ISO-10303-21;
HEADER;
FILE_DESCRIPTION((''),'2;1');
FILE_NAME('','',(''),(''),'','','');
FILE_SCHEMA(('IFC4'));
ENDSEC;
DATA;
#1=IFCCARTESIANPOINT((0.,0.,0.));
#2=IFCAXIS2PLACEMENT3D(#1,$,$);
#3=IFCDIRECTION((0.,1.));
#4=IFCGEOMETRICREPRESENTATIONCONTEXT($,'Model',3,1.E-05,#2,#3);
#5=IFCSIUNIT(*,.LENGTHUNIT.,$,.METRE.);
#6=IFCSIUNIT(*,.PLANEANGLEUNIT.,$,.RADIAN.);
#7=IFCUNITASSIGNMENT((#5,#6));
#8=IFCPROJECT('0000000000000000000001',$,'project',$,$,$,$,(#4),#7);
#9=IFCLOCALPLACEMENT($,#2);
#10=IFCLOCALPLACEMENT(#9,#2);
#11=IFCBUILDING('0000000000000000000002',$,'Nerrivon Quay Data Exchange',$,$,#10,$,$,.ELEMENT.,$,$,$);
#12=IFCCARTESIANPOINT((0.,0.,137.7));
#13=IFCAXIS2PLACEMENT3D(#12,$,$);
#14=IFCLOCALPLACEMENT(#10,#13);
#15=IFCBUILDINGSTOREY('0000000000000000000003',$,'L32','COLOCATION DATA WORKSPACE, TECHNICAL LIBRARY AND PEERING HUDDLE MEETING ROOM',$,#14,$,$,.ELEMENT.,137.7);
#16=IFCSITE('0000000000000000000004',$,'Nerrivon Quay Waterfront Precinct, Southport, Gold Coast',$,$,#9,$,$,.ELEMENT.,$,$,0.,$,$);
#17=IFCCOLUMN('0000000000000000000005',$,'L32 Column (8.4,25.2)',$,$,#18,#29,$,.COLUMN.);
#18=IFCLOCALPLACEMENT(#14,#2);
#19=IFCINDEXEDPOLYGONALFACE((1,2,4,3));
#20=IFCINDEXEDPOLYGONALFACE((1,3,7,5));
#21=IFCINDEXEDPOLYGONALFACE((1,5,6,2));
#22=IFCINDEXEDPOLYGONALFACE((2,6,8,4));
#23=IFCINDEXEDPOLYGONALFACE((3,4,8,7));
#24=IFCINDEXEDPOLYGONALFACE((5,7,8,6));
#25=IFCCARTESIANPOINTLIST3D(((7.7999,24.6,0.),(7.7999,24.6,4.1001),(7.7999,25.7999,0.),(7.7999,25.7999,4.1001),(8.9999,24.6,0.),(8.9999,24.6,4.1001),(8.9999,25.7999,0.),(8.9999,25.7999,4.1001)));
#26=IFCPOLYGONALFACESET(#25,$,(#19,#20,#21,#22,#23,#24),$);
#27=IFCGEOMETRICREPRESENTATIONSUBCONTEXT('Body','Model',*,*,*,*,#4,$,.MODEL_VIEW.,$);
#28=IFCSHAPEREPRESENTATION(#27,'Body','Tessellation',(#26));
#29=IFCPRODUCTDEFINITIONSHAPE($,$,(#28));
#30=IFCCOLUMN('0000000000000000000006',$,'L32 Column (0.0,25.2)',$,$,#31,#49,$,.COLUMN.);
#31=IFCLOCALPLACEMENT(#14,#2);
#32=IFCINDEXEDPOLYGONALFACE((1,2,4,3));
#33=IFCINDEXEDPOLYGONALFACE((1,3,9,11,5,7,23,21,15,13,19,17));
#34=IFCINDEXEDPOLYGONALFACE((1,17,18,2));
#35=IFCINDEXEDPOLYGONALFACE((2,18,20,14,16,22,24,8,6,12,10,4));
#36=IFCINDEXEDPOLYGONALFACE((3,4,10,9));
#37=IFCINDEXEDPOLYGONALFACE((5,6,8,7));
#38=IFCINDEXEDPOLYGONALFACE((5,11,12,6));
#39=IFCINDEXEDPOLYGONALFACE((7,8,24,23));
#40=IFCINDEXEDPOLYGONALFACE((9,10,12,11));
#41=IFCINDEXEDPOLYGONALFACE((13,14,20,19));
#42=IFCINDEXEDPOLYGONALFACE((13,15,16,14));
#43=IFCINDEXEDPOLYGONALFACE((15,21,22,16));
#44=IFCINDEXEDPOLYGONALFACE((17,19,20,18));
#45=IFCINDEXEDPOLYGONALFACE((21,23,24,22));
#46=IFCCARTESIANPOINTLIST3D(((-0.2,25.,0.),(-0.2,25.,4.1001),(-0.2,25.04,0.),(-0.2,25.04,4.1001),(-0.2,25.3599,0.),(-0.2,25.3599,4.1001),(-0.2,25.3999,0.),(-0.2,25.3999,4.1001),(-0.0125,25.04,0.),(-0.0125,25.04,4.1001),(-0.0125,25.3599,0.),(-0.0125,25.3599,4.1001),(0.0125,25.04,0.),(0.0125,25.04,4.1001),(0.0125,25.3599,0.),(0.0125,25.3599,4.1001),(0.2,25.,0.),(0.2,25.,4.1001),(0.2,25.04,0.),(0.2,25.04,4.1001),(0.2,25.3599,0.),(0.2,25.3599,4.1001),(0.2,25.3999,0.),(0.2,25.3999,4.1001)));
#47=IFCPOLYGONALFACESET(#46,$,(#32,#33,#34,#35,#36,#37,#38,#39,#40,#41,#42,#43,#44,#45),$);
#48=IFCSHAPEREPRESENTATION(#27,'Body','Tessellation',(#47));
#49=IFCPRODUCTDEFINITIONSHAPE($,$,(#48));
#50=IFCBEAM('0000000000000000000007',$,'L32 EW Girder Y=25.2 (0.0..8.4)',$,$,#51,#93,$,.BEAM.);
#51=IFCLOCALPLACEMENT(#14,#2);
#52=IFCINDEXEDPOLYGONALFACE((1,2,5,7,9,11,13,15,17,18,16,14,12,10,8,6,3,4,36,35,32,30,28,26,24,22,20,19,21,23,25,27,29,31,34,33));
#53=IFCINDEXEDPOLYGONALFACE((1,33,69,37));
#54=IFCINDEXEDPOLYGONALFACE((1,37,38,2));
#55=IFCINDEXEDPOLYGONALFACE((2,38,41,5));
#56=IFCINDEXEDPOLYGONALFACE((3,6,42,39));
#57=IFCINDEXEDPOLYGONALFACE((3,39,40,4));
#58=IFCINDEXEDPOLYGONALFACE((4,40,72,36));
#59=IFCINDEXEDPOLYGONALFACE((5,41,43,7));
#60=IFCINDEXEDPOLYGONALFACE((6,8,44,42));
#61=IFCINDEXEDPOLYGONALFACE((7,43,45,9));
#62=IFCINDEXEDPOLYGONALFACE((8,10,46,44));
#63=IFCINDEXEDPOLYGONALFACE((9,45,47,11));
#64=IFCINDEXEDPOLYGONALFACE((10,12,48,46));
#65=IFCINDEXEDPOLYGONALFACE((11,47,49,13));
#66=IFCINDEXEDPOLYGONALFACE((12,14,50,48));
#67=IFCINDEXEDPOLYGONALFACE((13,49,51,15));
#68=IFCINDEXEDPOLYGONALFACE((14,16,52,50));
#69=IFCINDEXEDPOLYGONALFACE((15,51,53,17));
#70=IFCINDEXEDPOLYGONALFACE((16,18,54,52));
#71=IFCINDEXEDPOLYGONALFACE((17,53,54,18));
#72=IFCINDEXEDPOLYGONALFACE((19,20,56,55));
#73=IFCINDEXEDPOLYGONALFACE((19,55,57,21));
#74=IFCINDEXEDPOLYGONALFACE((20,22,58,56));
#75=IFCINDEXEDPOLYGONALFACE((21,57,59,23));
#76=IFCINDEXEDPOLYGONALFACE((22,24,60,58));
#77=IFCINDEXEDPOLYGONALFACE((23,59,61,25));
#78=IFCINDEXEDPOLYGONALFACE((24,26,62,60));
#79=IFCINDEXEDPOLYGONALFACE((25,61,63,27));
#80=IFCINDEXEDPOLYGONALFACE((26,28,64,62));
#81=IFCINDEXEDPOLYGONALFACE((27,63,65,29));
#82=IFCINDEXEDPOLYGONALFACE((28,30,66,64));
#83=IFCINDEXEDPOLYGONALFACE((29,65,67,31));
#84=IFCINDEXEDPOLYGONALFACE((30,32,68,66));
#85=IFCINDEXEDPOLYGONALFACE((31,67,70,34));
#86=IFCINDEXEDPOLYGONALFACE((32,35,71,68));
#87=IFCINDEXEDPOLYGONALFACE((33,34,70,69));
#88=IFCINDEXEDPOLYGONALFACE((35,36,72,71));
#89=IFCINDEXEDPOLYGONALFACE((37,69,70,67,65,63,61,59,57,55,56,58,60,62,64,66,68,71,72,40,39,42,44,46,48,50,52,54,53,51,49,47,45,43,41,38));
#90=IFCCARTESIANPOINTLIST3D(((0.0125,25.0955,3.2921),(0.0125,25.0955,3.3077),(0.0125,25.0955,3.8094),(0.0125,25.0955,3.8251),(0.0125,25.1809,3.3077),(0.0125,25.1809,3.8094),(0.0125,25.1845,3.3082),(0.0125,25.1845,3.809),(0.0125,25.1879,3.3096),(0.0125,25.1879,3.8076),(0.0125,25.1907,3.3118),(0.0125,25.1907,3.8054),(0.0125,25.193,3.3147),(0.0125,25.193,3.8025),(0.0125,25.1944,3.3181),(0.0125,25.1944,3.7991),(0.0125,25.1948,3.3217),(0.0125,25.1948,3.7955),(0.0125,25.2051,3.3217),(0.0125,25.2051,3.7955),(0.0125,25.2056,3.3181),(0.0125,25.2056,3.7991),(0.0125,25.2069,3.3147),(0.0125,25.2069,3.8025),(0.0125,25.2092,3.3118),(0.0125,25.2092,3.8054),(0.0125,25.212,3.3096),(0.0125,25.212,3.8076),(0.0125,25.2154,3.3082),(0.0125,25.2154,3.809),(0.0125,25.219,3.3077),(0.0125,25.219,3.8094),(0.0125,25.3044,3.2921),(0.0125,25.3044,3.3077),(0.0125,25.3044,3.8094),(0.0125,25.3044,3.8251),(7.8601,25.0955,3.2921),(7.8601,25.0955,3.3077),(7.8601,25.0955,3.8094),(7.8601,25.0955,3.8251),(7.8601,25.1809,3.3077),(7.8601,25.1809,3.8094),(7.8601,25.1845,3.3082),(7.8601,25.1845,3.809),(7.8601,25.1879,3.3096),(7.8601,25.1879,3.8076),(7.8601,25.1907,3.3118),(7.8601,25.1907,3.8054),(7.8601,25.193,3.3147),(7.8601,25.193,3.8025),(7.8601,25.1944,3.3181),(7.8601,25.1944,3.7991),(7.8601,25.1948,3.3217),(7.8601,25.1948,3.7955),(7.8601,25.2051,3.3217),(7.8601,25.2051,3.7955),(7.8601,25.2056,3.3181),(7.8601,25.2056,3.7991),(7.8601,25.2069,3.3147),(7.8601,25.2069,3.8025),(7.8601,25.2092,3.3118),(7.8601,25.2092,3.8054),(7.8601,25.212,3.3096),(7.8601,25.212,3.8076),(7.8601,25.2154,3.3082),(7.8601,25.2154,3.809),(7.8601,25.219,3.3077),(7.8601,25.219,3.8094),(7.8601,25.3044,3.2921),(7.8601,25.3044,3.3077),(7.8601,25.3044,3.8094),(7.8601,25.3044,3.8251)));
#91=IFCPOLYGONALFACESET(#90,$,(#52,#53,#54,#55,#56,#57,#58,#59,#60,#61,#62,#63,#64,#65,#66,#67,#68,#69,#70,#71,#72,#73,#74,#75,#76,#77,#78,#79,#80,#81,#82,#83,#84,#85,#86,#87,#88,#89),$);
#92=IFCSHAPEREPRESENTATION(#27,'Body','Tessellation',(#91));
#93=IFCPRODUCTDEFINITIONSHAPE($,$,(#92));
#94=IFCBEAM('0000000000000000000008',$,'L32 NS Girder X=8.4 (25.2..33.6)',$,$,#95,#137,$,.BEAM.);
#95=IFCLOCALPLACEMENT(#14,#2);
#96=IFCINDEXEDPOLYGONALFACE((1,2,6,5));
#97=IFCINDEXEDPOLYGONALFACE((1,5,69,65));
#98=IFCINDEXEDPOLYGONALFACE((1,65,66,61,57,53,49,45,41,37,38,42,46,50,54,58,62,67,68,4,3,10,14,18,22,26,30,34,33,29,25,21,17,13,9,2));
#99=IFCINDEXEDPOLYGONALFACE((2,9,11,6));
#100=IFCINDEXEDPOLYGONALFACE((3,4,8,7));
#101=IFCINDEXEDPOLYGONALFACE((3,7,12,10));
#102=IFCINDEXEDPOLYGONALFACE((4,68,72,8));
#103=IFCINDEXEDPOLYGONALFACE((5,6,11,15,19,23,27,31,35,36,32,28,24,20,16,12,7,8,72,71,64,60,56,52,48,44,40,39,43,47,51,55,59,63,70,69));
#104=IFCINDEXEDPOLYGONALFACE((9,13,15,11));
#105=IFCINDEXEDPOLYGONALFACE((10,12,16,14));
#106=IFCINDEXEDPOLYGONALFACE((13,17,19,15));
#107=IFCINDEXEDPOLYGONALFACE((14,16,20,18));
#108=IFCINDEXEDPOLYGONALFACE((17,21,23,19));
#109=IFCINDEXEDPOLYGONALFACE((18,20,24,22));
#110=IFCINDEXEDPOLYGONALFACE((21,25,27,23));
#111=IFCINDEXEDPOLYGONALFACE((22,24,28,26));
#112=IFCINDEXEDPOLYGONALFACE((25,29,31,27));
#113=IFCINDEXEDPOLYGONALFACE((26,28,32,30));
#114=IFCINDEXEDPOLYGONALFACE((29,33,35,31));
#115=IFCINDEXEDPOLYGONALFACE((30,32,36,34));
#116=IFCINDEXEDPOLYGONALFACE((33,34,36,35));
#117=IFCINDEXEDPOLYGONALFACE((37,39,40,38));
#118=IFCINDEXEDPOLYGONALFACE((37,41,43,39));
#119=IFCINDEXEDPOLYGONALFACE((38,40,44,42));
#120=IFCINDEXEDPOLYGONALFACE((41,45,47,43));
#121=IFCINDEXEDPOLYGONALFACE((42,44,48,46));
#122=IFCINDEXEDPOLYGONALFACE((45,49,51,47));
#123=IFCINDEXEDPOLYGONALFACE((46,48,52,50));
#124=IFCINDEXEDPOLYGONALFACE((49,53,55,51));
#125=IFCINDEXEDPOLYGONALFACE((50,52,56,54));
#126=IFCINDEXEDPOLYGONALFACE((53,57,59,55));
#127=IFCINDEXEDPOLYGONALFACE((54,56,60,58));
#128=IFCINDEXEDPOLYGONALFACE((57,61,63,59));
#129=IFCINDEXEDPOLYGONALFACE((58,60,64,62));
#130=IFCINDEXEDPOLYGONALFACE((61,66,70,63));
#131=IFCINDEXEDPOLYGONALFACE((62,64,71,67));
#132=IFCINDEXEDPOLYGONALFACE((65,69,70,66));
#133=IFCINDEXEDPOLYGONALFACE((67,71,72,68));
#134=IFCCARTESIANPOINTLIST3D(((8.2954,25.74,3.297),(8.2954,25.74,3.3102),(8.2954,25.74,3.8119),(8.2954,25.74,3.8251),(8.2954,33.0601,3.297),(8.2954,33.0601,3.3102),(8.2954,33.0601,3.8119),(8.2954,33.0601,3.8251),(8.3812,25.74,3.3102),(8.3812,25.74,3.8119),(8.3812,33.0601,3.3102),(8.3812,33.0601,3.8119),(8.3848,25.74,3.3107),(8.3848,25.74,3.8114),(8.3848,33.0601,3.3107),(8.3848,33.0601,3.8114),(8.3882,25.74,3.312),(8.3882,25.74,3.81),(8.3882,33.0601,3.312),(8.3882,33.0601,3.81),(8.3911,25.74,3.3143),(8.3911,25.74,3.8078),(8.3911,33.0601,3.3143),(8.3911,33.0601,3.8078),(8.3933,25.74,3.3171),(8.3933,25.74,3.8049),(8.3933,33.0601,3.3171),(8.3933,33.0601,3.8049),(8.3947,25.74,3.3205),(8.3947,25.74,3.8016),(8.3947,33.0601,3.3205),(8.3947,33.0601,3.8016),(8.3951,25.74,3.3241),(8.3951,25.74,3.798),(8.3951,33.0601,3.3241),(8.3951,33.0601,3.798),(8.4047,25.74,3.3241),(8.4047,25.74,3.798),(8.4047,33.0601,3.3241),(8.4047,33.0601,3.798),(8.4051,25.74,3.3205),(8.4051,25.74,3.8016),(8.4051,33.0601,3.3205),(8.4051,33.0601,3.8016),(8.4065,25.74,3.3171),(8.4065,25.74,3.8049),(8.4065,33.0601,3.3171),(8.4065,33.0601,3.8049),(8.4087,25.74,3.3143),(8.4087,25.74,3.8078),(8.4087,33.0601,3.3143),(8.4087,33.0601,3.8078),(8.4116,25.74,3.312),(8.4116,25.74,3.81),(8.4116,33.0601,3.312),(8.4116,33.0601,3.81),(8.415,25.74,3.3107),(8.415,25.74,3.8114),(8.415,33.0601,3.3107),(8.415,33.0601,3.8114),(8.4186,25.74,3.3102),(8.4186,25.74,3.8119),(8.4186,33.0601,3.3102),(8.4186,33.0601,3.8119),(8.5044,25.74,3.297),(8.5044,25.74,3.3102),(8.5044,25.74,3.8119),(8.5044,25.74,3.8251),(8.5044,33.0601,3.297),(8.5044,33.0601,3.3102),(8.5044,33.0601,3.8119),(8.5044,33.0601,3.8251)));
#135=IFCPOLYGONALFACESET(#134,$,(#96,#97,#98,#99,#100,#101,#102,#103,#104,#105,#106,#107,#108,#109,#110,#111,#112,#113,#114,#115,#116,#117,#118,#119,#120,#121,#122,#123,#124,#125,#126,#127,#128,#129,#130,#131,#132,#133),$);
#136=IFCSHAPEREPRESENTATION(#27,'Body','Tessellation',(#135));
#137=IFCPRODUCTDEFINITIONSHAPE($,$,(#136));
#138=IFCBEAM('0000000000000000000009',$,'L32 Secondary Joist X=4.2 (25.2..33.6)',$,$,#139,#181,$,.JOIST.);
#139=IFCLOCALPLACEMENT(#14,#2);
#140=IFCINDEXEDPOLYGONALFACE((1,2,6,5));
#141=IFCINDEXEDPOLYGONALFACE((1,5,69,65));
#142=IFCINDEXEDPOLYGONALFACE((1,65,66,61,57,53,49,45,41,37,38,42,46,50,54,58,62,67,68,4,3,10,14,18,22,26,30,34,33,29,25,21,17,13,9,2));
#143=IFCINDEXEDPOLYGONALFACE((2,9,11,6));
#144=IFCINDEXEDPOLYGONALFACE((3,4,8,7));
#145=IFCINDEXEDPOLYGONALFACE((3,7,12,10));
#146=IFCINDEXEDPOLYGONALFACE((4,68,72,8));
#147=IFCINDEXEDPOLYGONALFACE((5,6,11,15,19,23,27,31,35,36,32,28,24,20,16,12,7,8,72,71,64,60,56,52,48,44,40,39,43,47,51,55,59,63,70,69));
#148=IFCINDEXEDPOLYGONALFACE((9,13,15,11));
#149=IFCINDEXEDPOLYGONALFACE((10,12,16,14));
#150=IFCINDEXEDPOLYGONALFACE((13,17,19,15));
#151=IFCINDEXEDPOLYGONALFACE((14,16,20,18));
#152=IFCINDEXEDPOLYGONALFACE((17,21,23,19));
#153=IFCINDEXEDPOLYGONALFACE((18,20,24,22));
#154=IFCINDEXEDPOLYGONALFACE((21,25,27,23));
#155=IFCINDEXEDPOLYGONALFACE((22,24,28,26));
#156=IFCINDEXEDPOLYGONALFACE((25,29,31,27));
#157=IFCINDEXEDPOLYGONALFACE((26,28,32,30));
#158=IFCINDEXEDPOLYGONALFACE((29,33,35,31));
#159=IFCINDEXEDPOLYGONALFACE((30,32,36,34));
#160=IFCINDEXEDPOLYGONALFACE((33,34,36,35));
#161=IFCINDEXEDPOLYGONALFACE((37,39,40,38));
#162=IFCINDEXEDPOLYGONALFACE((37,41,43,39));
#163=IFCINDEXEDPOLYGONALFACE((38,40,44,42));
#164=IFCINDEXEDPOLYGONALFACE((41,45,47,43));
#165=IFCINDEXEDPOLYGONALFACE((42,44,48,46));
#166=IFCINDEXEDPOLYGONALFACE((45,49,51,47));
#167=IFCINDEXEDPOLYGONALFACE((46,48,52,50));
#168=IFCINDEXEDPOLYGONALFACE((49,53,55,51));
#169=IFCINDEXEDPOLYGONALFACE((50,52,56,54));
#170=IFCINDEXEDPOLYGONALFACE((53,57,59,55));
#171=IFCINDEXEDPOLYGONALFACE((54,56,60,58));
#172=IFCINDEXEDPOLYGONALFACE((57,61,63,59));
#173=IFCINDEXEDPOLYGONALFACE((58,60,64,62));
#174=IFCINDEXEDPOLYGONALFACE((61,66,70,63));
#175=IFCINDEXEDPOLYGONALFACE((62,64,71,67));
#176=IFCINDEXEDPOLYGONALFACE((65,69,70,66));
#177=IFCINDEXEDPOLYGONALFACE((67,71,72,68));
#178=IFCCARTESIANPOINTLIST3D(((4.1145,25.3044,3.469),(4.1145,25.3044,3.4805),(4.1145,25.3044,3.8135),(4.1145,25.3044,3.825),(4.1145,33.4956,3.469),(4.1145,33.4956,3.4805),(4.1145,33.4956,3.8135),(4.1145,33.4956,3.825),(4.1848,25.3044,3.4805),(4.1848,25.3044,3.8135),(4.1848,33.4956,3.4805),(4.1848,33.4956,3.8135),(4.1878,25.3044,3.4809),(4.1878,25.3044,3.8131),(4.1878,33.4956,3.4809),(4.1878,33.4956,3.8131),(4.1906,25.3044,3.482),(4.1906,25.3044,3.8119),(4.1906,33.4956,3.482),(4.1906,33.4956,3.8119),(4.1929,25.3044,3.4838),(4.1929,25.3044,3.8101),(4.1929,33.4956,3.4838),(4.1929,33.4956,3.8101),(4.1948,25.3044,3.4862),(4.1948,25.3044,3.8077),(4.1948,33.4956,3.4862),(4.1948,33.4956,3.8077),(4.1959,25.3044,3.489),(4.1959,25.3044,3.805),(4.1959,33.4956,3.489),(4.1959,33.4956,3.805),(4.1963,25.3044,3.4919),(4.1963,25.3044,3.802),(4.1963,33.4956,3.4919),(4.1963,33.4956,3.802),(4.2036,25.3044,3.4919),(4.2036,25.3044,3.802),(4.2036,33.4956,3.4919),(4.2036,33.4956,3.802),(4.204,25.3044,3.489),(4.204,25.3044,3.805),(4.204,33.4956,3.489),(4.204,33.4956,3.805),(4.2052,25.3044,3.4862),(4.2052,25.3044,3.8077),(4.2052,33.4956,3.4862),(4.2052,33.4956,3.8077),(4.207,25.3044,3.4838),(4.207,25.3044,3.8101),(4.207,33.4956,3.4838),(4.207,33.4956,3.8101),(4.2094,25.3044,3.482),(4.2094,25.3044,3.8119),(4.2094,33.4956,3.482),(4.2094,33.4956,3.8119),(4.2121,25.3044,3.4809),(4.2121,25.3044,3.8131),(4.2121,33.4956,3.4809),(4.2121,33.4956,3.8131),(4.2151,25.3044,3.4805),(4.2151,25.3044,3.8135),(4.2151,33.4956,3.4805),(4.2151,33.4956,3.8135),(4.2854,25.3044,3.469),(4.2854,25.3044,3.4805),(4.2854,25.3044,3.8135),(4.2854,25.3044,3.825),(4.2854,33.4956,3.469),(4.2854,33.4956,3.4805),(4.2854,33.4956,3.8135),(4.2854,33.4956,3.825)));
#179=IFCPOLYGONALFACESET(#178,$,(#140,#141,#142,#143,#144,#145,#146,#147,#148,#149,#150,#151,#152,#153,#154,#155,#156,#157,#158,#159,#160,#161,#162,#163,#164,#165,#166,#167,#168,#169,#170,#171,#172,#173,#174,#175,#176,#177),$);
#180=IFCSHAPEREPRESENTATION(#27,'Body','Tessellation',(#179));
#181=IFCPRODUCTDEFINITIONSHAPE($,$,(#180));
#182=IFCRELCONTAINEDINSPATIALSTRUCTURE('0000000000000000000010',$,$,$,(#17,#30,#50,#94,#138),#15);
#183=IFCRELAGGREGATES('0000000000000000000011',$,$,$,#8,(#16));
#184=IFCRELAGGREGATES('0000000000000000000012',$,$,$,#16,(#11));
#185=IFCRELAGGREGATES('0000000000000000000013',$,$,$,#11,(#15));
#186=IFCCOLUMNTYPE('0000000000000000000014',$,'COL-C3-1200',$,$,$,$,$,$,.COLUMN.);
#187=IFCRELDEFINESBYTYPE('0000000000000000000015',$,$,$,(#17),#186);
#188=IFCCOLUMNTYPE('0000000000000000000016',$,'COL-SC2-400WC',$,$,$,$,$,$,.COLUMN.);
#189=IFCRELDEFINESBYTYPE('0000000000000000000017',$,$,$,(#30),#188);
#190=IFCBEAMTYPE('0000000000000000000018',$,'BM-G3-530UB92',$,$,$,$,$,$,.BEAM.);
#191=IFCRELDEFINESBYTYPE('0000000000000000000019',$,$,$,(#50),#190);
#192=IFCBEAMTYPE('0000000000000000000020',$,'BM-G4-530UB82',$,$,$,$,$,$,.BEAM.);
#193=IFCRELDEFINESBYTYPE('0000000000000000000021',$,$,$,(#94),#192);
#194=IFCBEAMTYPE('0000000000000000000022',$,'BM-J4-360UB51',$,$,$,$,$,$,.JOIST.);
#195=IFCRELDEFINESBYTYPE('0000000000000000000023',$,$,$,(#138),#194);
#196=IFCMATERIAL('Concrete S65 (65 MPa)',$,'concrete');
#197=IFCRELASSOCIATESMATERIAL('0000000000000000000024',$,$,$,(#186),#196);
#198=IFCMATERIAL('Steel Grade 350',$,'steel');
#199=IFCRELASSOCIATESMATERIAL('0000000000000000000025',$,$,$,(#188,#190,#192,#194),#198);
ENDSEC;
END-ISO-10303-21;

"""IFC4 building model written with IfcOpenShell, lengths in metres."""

from ifc_helpers import new_model, si_unit, direction, frame, origin, origin_2d, place, context, subcontext, project, spatial, rectangle, i_section, extrude, material, material_profile, profile_set, type_object, element, save


model = new_model("IFC4")

# Units and contexts
model_context = context("Model", 3, precision=1e-05, world=origin(), true_north=direction((0.0, 1.0)))
body_context = subcontext(model_context, "Body", "Model", "MODEL_VIEW")
ifc_project = project(units=[si_unit("LENGTHUNIT", "METRE"), si_unit("PLANEANGLEUNIT", "RADIAN")], contexts=[model_context])

# Site, building, storey
site_placement = place(None, origin())
site = spatial("IfcSite", under=ifc_project, at=site_placement, Name="Nerrivon Quay Waterfront Precinct, Southport, Gold Coast", CompositionType="ELEMENT", RefElevation=0.0)
building_placement = place(site_placement, origin())
building = spatial("IfcBuilding", under=site, at=building_placement, Name="Nerrivon Quay Data Exchange", CompositionType="ELEMENT")
storey_placement = place(building_placement, frame((0.0, 0.0, 137.7)))
storey = spatial("IfcBuildingStorey", under=building, at=storey_placement, Name="L32", Description="COLOCATION DATA WORKSPACE, TECHNICAL LIBRARY AND PEERING HUDDLE MEETING ROOM", CompositionType="ELEMENT", Elevation=137.7)

# Columns
ifc_material_1 = material(Name="Concrete S65 (65 MPa)", Category="concrete")
ifc_material_profile_1 = material_profile(ifc_material_1, rectangle(XDim=1.2, YDim=1.2, at=origin_2d()), Name="RC-COL-1200x1200")
ifc_profile_set_1 = profile_set([ifc_material_profile_1], Name="Concrete S65 (65 MPa)")
column_type_1 = type_object("IfcColumnType", Name="COL-C3-1200", PredefinedType="COLUMN", material=ifc_profile_set_1)
column_1_placement = place(storey_placement, frame((8.3999, 25.2, 0.0), z_axis=(0.0, 0.0, 1.0), x_axis=(1.0, 0.0, 0.0)))
element("IfcColumn", 1, at=column_1_placement, inside=storey, type_object=column_type_1, Name="L32 Column (8.4,25.2)", PredefinedType="COLUMN", context=body_context, shape_type="SweptSolid", body=[
    extrude(rectangle(XDim=1.2, YDim=1.2, at=origin_2d()), origin(), (0.0, 0.0, 1.0), 4.1001),
])
ifc_material_2 = material(Name="Steel Grade 350", Category="steel")
ifc_material_profile_2 = material_profile(ifc_material_2, i_section(OverallWidth=0.3999, OverallDepth=0.3999, WebThickness=0.0249, FlangeThickness=0.04, at=origin_2d()), Name="400WC328")
ifc_profile_set_2 = profile_set([ifc_material_profile_2], Name="Steel Grade 350")
column_type_2 = type_object("IfcColumnType", Name="COL-SC2-400WC", PredefinedType="COLUMN", material=ifc_profile_set_2)
column_2_placement = place(storey_placement, frame((0.0, 25.2, 0.0), z_axis=(0.0, 0.0, 1.0), x_axis=(1.0, 0.0, 0.0)))
element("IfcColumn", 2, at=column_2_placement, inside=storey, type_object=column_type_2, Name="L32 Column (0.0,25.2)", PredefinedType="COLUMN", context=body_context, shape_type="SweptSolid", body=[
    extrude(i_section(OverallWidth=0.3999, OverallDepth=0.3999, WebThickness=0.0249, FlangeThickness=0.04, at=origin_2d()), origin(), (0.0, 0.0, 1.0), 4.1001),
])

# Beams
ifc_material_profile_3 = material_profile(ifc_material_2, i_section(OverallWidth=0.209, OverallDepth=0.533, WebThickness=0.0103, FlangeThickness=0.0156, FilletRadius=0.0139, at=origin_2d()), Name="530UB92.4")
ifc_profile_set_3 = profile_set([ifc_material_profile_3], Name="Steel Grade 350")
beam_type_1 = type_object("IfcBeamType", Name="BM-G3-530UB92", PredefinedType="BEAM", material=ifc_profile_set_3)
beam_1_placement = place(storey_placement, frame((0.0125, 25.2, 3.5586), z_axis=(1.0, 0.0, 0.0), x_axis=(0.0, 1.0, 0.0)))
element("IfcBeam", 3, at=beam_1_placement, inside=storey, type_object=beam_type_1, Name="L32 EW Girder Y=25.2 (0.0..8.4)", PredefinedType="BEAM", context=body_context, shape_type="SweptSolid", body=[
    extrude(i_section(OverallWidth=0.209, OverallDepth=0.533, WebThickness=0.0103, FlangeThickness=0.0156, FilletRadius=0.0139, at=origin_2d()), origin(), (0.0, 0.0, 1.0), 7.8477),
])
ifc_material_profile_4 = material_profile(ifc_material_2, i_section(OverallWidth=0.209, OverallDepth=0.5281, WebThickness=0.0095, FlangeThickness=0.0132, FilletRadius=0.0139, at=origin_2d()), Name="530UB82.0")
ifc_profile_set_4 = profile_set([ifc_material_profile_4], Name="Steel Grade 350")
beam_type_2 = type_object("IfcBeamType", Name="BM-G4-530UB82", PredefinedType="BEAM", material=ifc_profile_set_4)
beam_2_placement = place(storey_placement, frame((8.3999, 25.74, 3.561), z_axis=(0.0, 1.0, 0.0), x_axis=(-1.0, 0.0, 0.0)))
element("IfcBeam", 4, at=beam_2_placement, inside=storey, type_object=beam_type_2, Name="L32 NS Girder X=8.4 (25.2..33.6)", PredefinedType="BEAM", context=body_context, shape_type="SweptSolid", body=[
    extrude(i_section(OverallWidth=0.209, OverallDepth=0.5281, WebThickness=0.0095, FlangeThickness=0.0132, FilletRadius=0.0139, at=origin_2d()), origin(), (0.0, 0.0, 1.0), 7.3201),
])
ifc_material_profile_5 = material_profile(ifc_material_2, i_section(OverallWidth=0.1709, OverallDepth=0.356, WebThickness=0.0073, FlangeThickness=0.0115, FilletRadius=0.0115, at=origin_2d()), Name="360UB50.7")
ifc_profile_set_5 = profile_set([ifc_material_profile_5], Name="Steel Grade 350")
beam_type_3 = type_object("IfcBeamType", Name="BM-J4-360UB51", PredefinedType="JOIST", material=ifc_profile_set_5)
beam_3_placement = place(storey_placement, frame((4.2, 25.3044, 3.647), z_axis=(0.0, 1.0, 0.0), x_axis=(-1.0, 0.0, 0.0)))
element("IfcBeam", 5, at=beam_3_placement, inside=storey, type_object=beam_type_3, Name="L32 Secondary Joist X=4.2 (25.2..33.6)", PredefinedType="JOIST", context=body_context, shape_type="SweptSolid", body=[
    extrude(i_section(OverallWidth=0.1709, OverallDepth=0.356, WebThickness=0.0073, FlangeThickness=0.0115, FilletRadius=0.0115, at=origin_2d()), origin(), (0.0, 0.0, 1.0), 8.1912),
])

save(model, "model.ifc")
